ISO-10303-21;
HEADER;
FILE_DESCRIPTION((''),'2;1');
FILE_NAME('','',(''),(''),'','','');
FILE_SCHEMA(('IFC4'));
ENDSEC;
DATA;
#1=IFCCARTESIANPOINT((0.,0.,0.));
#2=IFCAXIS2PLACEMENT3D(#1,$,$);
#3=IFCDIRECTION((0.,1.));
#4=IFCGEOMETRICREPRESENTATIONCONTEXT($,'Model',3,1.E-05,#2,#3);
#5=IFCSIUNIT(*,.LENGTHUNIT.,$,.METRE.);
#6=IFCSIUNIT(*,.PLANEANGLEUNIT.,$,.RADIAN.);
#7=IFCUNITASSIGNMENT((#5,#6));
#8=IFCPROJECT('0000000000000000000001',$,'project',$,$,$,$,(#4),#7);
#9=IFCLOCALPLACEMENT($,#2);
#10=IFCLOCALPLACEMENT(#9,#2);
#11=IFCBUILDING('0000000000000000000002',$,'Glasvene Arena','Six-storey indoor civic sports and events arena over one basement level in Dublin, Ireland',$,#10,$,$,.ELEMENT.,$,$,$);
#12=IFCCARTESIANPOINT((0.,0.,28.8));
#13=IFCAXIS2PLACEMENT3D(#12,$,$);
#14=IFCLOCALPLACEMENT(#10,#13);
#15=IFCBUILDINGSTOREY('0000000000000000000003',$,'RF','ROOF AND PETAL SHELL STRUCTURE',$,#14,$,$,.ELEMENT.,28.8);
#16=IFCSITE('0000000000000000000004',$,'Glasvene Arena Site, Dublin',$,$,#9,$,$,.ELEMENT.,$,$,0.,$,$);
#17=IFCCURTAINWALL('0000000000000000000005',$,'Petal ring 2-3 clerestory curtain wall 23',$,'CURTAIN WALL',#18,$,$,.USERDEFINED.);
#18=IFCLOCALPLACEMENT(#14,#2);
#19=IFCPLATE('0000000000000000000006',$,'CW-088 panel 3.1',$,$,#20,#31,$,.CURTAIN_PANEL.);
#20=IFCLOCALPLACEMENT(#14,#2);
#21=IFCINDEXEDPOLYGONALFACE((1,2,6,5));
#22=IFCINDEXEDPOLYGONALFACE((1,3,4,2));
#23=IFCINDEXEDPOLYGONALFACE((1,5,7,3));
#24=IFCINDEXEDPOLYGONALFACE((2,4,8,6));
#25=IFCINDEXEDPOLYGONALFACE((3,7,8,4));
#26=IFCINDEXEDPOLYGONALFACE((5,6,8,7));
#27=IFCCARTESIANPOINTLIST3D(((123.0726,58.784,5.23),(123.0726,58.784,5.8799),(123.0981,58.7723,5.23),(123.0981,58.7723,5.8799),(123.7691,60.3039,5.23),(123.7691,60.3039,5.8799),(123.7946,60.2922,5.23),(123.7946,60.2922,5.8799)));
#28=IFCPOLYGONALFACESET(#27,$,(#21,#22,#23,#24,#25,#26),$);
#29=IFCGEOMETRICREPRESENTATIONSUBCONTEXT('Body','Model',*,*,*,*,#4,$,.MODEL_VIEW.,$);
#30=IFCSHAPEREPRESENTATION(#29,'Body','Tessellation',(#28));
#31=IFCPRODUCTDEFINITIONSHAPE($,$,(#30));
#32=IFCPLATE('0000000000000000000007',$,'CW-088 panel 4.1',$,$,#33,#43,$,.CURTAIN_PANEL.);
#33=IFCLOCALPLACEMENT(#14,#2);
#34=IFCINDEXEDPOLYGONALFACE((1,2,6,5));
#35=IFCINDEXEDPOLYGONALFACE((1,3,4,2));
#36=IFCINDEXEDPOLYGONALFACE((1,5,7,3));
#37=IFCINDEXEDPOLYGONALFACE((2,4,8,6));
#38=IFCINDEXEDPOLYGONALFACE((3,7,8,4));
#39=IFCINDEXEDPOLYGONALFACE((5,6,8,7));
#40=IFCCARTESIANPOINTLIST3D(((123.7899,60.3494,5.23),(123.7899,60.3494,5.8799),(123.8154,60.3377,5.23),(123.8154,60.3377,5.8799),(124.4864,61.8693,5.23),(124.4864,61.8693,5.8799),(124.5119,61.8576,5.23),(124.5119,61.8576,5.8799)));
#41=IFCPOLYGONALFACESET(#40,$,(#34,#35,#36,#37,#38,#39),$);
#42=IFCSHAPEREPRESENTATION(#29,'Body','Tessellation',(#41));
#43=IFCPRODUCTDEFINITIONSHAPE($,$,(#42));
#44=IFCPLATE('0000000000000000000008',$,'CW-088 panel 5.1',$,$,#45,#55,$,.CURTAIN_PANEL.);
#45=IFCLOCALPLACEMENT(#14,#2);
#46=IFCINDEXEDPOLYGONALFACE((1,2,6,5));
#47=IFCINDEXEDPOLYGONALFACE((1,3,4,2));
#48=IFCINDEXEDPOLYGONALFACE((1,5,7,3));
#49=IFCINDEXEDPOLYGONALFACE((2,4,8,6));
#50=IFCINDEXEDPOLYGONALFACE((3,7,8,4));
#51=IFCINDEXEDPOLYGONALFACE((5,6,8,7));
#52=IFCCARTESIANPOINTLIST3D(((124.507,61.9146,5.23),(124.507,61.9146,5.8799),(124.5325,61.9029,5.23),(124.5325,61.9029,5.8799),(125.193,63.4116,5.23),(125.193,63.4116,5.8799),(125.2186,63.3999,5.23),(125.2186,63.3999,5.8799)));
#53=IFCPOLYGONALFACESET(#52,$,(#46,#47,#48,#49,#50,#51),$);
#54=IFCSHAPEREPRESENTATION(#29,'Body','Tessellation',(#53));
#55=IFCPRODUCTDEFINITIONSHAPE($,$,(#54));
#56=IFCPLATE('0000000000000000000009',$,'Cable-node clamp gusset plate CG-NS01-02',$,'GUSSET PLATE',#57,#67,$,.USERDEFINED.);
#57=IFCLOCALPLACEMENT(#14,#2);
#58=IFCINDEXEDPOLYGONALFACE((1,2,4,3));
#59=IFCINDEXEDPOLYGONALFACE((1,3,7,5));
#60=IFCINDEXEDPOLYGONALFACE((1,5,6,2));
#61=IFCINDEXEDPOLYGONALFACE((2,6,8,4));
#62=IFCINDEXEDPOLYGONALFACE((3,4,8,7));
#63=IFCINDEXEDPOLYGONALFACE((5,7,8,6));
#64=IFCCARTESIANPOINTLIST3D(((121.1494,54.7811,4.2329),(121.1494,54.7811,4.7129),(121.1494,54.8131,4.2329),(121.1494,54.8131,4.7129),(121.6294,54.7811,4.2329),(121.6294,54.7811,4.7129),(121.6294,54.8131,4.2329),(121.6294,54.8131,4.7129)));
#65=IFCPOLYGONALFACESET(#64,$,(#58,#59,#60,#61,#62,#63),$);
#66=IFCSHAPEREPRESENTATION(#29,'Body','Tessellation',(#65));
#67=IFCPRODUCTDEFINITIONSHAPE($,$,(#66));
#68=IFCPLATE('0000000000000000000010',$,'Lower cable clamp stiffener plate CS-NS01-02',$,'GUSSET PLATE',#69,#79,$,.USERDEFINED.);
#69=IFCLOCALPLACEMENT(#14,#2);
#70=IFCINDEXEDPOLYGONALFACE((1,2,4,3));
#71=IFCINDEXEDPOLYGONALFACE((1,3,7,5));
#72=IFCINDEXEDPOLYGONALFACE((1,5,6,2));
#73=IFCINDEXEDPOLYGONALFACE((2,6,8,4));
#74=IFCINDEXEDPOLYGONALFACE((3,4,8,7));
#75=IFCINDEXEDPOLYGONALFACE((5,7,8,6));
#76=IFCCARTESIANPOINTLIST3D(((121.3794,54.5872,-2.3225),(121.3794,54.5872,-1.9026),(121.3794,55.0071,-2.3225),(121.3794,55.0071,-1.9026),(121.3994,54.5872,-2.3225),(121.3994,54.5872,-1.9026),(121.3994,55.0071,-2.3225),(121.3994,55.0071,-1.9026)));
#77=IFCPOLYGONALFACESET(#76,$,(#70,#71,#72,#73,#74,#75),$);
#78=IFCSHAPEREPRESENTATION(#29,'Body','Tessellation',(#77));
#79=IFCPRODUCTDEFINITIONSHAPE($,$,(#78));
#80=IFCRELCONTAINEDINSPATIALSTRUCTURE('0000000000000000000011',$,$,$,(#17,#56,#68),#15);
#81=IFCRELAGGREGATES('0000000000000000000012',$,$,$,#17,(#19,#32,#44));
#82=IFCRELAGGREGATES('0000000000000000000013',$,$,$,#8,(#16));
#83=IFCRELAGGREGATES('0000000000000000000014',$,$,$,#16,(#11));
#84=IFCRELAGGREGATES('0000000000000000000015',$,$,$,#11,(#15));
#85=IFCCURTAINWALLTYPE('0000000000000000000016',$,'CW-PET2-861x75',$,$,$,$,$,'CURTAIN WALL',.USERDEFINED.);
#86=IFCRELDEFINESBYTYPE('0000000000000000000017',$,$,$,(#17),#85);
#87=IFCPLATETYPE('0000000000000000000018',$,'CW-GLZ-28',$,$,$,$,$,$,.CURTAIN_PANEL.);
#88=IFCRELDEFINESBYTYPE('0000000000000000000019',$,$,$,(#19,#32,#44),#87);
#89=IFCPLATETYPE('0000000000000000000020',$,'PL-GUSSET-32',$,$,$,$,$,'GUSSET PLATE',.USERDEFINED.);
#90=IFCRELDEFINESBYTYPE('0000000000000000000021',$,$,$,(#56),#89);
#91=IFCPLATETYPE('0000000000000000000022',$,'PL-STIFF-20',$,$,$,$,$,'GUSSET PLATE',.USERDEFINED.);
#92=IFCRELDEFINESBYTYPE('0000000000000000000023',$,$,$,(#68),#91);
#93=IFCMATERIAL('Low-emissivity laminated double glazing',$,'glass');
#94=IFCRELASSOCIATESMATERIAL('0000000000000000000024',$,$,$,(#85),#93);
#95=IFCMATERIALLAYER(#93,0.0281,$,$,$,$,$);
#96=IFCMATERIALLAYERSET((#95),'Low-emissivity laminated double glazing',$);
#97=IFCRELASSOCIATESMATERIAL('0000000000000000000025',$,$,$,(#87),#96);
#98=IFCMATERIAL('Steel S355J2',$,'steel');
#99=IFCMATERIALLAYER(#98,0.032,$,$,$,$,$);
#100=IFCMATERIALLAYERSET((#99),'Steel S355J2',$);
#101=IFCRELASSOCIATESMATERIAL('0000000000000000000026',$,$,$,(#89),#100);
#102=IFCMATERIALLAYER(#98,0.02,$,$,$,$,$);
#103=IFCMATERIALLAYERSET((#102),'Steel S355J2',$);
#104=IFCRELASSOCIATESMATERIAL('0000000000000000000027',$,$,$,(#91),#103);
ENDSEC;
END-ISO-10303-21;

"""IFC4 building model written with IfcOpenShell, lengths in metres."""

from ifc_helpers import new_model, si_unit, direction, frame, origin, origin_2d, place, context, subcontext, project, spatial, rectangle, extrude, material, layer, layer_set, type_object, element, aggregate, save


model = new_model("IFC4")

# Units and contexts
model_context = context("Model", 3, precision=1e-05, world=origin(), true_north=direction((0.0, 1.0)))
body_context = subcontext(model_context, "Body", "Model", "MODEL_VIEW")
ifc_project = project(units=[si_unit("LENGTHUNIT", "METRE"), si_unit("PLANEANGLEUNIT", "RADIAN")], contexts=[model_context])

# Site, building, storey
site_placement = place(None, origin())
site = spatial("IfcSite", under=ifc_project, at=site_placement, Name="Glasvene Arena Site, Dublin", CompositionType="ELEMENT", RefElevation=0.0)
building_placement = place(site_placement, origin())
building = spatial("IfcBuilding", under=site, at=building_placement, Name="Glasvene Arena", Description="Six-storey indoor civic sports and events arena over one basement level in Dublin, Ireland", CompositionType="ELEMENT")
storey_placement = place(building_placement, frame((0.0, 0.0, 28.8)))
storey = spatial("IfcBuildingStorey", under=building, at=storey_placement, Name="RF", Description="ROOF AND PETAL SHELL STRUCTURE", CompositionType="ELEMENT", Elevation=28.8)

# Shared definitions
ifc_material_1 = material(Name="Low-emissivity laminated double glazing", Category="glass")

# Curtain wall
curtain_wall_type_1 = type_object("IfcCurtainWallType", Name="CW-PET2-861x75", ElementType="CURTAIN WALL", PredefinedType="USERDEFINED", material=ifc_material_1)
curtain_wall_1_placement = place(storey_placement, frame((121.6404, 55.625, 0.0)))
curtain_wall_1 = element("IfcCurtainWall", 1, at=curtain_wall_1_placement, inside=storey, type_object=curtain_wall_type_1, Name="Petal ring 2-3 clerestory curtain wall 23", ObjectType="CURTAIN WALL", PredefinedType="USERDEFINED")

# Shared definitions
ifc_material_2 = material(Name="Steel S355J2", Category="steel")

# Plates
ifc_layer_1 = layer(ifc_material_1, 0.0281)
ifc_layer_set_1 = layer_set([ifc_layer_1], Name="Low-emissivity laminated double glazing")
plate_type_1 = type_object("IfcPlateType", Name="CW-GLZ-28", PredefinedType="CURTAIN_PANEL", material=ifc_layer_set_1)
plate_1_placement = place(storey_placement, frame((123.4336, 59.5381, 5.23), z_axis=(0.0, 0.0, 1.0), x_axis=(0.416592, 0.909094, 0.0)))
plate_1 = element("IfcPlate", 2, at=plate_1_placement, type_object=plate_type_1, Name="CW-088 panel 3.1", PredefinedType="CURTAIN_PANEL", context=body_context, shape_type="SweptSolid", body=[
    extrude(rectangle(XDim=1.6719, YDim=0.0281, at=origin_2d()), origin(), (0.0, 0.0, 1.0), 0.6499),
])
plate_2_placement = place(storey_placement, frame((124.1509, 61.1035, 5.23), z_axis=(0.0, 0.0, 1.0), x_axis=(0.416592, 0.909094, 0.0)))
plate_2 = element("IfcPlate", 3, at=plate_2_placement, type_object=plate_type_1, Name="CW-088 panel 4.1", PredefinedType="CURTAIN_PANEL", context=body_context, shape_type="SweptSolid", body=[
    extrude(rectangle(XDim=1.6719, YDim=0.0281, at=origin_2d()), origin(), (0.0, 0.0, 1.0), 0.6499),
])
plate_3_placement = place(storey_placement, frame((124.8628, 62.6572, 5.23), z_axis=(0.0, 0.0, 1.0), x_axis=(0.416592, 0.909094, 0.0)))
plate_3 = element("IfcPlate", 4, at=plate_3_placement, type_object=plate_type_1, Name="CW-088 panel 5.1", PredefinedType="CURTAIN_PANEL", context=body_context, shape_type="SweptSolid", body=[
    extrude(rectangle(XDim=1.6467, YDim=0.0281, at=origin_2d()), origin(), (0.0, 0.0, 1.0), 0.6499),
])
aggregate(curtain_wall_1, [plate_1, plate_2, plate_3])

# Plates
ifc_layer_2 = layer(ifc_material_2, 0.032)
ifc_layer_set_2 = layer_set([ifc_layer_2], Name="Steel S355J2")
plate_type_2 = type_object("IfcPlateType", Name="PL-GUSSET-32", ElementType="GUSSET PLATE", PredefinedType="USERDEFINED", material=ifc_layer_set_2)
plate_4_placement = place(storey_placement, frame((121.3894, 54.7971, 4.2329), z_axis=(0.0, 0.0, 1.0), x_axis=(1.0, 0.0, 0.0)))
element("IfcPlate", 5, at=plate_4_placement, inside=storey, type_object=plate_type_2, Name="Cable-node clamp gusset plate CG-NS01-02", ObjectType="GUSSET PLATE", PredefinedType="USERDEFINED", context=body_context, shape_type="SweptSolid", body=[
    extrude(rectangle(XDim=0.48, YDim=0.032, at=origin_2d()), origin(), (0.0, 0.0, 1.0), 0.48),
])
ifc_layer_3 = layer(ifc_material_2, 0.02)
ifc_layer_set_3 = layer_set([ifc_layer_3], Name="Steel S355J2")
plate_type_3 = type_object("IfcPlateType", Name="PL-STIFF-20", ElementType="GUSSET PLATE", PredefinedType="USERDEFINED", material=ifc_layer_set_3)
plate_5_placement = place(storey_placement, frame((121.3894, 54.7971, -2.3225), z_axis=(0.0, 0.0, 1.0), x_axis=(1.0, 0.0, 0.0)))
element("IfcPlate", 6, at=plate_5_placement, inside=storey, type_object=plate_type_3, Name="Lower cable clamp stiffener plate CS-NS01-02", ObjectType="GUSSET PLATE", PredefinedType="USERDEFINED", context=body_context, shape_type="SweptSolid", body=[
    extrude(rectangle(XDim=0.02, YDim=0.4199, at=origin_2d()), origin(), (0.0, 0.0, 1.0), 0.4199),
])

save(model, "model.ifc")
